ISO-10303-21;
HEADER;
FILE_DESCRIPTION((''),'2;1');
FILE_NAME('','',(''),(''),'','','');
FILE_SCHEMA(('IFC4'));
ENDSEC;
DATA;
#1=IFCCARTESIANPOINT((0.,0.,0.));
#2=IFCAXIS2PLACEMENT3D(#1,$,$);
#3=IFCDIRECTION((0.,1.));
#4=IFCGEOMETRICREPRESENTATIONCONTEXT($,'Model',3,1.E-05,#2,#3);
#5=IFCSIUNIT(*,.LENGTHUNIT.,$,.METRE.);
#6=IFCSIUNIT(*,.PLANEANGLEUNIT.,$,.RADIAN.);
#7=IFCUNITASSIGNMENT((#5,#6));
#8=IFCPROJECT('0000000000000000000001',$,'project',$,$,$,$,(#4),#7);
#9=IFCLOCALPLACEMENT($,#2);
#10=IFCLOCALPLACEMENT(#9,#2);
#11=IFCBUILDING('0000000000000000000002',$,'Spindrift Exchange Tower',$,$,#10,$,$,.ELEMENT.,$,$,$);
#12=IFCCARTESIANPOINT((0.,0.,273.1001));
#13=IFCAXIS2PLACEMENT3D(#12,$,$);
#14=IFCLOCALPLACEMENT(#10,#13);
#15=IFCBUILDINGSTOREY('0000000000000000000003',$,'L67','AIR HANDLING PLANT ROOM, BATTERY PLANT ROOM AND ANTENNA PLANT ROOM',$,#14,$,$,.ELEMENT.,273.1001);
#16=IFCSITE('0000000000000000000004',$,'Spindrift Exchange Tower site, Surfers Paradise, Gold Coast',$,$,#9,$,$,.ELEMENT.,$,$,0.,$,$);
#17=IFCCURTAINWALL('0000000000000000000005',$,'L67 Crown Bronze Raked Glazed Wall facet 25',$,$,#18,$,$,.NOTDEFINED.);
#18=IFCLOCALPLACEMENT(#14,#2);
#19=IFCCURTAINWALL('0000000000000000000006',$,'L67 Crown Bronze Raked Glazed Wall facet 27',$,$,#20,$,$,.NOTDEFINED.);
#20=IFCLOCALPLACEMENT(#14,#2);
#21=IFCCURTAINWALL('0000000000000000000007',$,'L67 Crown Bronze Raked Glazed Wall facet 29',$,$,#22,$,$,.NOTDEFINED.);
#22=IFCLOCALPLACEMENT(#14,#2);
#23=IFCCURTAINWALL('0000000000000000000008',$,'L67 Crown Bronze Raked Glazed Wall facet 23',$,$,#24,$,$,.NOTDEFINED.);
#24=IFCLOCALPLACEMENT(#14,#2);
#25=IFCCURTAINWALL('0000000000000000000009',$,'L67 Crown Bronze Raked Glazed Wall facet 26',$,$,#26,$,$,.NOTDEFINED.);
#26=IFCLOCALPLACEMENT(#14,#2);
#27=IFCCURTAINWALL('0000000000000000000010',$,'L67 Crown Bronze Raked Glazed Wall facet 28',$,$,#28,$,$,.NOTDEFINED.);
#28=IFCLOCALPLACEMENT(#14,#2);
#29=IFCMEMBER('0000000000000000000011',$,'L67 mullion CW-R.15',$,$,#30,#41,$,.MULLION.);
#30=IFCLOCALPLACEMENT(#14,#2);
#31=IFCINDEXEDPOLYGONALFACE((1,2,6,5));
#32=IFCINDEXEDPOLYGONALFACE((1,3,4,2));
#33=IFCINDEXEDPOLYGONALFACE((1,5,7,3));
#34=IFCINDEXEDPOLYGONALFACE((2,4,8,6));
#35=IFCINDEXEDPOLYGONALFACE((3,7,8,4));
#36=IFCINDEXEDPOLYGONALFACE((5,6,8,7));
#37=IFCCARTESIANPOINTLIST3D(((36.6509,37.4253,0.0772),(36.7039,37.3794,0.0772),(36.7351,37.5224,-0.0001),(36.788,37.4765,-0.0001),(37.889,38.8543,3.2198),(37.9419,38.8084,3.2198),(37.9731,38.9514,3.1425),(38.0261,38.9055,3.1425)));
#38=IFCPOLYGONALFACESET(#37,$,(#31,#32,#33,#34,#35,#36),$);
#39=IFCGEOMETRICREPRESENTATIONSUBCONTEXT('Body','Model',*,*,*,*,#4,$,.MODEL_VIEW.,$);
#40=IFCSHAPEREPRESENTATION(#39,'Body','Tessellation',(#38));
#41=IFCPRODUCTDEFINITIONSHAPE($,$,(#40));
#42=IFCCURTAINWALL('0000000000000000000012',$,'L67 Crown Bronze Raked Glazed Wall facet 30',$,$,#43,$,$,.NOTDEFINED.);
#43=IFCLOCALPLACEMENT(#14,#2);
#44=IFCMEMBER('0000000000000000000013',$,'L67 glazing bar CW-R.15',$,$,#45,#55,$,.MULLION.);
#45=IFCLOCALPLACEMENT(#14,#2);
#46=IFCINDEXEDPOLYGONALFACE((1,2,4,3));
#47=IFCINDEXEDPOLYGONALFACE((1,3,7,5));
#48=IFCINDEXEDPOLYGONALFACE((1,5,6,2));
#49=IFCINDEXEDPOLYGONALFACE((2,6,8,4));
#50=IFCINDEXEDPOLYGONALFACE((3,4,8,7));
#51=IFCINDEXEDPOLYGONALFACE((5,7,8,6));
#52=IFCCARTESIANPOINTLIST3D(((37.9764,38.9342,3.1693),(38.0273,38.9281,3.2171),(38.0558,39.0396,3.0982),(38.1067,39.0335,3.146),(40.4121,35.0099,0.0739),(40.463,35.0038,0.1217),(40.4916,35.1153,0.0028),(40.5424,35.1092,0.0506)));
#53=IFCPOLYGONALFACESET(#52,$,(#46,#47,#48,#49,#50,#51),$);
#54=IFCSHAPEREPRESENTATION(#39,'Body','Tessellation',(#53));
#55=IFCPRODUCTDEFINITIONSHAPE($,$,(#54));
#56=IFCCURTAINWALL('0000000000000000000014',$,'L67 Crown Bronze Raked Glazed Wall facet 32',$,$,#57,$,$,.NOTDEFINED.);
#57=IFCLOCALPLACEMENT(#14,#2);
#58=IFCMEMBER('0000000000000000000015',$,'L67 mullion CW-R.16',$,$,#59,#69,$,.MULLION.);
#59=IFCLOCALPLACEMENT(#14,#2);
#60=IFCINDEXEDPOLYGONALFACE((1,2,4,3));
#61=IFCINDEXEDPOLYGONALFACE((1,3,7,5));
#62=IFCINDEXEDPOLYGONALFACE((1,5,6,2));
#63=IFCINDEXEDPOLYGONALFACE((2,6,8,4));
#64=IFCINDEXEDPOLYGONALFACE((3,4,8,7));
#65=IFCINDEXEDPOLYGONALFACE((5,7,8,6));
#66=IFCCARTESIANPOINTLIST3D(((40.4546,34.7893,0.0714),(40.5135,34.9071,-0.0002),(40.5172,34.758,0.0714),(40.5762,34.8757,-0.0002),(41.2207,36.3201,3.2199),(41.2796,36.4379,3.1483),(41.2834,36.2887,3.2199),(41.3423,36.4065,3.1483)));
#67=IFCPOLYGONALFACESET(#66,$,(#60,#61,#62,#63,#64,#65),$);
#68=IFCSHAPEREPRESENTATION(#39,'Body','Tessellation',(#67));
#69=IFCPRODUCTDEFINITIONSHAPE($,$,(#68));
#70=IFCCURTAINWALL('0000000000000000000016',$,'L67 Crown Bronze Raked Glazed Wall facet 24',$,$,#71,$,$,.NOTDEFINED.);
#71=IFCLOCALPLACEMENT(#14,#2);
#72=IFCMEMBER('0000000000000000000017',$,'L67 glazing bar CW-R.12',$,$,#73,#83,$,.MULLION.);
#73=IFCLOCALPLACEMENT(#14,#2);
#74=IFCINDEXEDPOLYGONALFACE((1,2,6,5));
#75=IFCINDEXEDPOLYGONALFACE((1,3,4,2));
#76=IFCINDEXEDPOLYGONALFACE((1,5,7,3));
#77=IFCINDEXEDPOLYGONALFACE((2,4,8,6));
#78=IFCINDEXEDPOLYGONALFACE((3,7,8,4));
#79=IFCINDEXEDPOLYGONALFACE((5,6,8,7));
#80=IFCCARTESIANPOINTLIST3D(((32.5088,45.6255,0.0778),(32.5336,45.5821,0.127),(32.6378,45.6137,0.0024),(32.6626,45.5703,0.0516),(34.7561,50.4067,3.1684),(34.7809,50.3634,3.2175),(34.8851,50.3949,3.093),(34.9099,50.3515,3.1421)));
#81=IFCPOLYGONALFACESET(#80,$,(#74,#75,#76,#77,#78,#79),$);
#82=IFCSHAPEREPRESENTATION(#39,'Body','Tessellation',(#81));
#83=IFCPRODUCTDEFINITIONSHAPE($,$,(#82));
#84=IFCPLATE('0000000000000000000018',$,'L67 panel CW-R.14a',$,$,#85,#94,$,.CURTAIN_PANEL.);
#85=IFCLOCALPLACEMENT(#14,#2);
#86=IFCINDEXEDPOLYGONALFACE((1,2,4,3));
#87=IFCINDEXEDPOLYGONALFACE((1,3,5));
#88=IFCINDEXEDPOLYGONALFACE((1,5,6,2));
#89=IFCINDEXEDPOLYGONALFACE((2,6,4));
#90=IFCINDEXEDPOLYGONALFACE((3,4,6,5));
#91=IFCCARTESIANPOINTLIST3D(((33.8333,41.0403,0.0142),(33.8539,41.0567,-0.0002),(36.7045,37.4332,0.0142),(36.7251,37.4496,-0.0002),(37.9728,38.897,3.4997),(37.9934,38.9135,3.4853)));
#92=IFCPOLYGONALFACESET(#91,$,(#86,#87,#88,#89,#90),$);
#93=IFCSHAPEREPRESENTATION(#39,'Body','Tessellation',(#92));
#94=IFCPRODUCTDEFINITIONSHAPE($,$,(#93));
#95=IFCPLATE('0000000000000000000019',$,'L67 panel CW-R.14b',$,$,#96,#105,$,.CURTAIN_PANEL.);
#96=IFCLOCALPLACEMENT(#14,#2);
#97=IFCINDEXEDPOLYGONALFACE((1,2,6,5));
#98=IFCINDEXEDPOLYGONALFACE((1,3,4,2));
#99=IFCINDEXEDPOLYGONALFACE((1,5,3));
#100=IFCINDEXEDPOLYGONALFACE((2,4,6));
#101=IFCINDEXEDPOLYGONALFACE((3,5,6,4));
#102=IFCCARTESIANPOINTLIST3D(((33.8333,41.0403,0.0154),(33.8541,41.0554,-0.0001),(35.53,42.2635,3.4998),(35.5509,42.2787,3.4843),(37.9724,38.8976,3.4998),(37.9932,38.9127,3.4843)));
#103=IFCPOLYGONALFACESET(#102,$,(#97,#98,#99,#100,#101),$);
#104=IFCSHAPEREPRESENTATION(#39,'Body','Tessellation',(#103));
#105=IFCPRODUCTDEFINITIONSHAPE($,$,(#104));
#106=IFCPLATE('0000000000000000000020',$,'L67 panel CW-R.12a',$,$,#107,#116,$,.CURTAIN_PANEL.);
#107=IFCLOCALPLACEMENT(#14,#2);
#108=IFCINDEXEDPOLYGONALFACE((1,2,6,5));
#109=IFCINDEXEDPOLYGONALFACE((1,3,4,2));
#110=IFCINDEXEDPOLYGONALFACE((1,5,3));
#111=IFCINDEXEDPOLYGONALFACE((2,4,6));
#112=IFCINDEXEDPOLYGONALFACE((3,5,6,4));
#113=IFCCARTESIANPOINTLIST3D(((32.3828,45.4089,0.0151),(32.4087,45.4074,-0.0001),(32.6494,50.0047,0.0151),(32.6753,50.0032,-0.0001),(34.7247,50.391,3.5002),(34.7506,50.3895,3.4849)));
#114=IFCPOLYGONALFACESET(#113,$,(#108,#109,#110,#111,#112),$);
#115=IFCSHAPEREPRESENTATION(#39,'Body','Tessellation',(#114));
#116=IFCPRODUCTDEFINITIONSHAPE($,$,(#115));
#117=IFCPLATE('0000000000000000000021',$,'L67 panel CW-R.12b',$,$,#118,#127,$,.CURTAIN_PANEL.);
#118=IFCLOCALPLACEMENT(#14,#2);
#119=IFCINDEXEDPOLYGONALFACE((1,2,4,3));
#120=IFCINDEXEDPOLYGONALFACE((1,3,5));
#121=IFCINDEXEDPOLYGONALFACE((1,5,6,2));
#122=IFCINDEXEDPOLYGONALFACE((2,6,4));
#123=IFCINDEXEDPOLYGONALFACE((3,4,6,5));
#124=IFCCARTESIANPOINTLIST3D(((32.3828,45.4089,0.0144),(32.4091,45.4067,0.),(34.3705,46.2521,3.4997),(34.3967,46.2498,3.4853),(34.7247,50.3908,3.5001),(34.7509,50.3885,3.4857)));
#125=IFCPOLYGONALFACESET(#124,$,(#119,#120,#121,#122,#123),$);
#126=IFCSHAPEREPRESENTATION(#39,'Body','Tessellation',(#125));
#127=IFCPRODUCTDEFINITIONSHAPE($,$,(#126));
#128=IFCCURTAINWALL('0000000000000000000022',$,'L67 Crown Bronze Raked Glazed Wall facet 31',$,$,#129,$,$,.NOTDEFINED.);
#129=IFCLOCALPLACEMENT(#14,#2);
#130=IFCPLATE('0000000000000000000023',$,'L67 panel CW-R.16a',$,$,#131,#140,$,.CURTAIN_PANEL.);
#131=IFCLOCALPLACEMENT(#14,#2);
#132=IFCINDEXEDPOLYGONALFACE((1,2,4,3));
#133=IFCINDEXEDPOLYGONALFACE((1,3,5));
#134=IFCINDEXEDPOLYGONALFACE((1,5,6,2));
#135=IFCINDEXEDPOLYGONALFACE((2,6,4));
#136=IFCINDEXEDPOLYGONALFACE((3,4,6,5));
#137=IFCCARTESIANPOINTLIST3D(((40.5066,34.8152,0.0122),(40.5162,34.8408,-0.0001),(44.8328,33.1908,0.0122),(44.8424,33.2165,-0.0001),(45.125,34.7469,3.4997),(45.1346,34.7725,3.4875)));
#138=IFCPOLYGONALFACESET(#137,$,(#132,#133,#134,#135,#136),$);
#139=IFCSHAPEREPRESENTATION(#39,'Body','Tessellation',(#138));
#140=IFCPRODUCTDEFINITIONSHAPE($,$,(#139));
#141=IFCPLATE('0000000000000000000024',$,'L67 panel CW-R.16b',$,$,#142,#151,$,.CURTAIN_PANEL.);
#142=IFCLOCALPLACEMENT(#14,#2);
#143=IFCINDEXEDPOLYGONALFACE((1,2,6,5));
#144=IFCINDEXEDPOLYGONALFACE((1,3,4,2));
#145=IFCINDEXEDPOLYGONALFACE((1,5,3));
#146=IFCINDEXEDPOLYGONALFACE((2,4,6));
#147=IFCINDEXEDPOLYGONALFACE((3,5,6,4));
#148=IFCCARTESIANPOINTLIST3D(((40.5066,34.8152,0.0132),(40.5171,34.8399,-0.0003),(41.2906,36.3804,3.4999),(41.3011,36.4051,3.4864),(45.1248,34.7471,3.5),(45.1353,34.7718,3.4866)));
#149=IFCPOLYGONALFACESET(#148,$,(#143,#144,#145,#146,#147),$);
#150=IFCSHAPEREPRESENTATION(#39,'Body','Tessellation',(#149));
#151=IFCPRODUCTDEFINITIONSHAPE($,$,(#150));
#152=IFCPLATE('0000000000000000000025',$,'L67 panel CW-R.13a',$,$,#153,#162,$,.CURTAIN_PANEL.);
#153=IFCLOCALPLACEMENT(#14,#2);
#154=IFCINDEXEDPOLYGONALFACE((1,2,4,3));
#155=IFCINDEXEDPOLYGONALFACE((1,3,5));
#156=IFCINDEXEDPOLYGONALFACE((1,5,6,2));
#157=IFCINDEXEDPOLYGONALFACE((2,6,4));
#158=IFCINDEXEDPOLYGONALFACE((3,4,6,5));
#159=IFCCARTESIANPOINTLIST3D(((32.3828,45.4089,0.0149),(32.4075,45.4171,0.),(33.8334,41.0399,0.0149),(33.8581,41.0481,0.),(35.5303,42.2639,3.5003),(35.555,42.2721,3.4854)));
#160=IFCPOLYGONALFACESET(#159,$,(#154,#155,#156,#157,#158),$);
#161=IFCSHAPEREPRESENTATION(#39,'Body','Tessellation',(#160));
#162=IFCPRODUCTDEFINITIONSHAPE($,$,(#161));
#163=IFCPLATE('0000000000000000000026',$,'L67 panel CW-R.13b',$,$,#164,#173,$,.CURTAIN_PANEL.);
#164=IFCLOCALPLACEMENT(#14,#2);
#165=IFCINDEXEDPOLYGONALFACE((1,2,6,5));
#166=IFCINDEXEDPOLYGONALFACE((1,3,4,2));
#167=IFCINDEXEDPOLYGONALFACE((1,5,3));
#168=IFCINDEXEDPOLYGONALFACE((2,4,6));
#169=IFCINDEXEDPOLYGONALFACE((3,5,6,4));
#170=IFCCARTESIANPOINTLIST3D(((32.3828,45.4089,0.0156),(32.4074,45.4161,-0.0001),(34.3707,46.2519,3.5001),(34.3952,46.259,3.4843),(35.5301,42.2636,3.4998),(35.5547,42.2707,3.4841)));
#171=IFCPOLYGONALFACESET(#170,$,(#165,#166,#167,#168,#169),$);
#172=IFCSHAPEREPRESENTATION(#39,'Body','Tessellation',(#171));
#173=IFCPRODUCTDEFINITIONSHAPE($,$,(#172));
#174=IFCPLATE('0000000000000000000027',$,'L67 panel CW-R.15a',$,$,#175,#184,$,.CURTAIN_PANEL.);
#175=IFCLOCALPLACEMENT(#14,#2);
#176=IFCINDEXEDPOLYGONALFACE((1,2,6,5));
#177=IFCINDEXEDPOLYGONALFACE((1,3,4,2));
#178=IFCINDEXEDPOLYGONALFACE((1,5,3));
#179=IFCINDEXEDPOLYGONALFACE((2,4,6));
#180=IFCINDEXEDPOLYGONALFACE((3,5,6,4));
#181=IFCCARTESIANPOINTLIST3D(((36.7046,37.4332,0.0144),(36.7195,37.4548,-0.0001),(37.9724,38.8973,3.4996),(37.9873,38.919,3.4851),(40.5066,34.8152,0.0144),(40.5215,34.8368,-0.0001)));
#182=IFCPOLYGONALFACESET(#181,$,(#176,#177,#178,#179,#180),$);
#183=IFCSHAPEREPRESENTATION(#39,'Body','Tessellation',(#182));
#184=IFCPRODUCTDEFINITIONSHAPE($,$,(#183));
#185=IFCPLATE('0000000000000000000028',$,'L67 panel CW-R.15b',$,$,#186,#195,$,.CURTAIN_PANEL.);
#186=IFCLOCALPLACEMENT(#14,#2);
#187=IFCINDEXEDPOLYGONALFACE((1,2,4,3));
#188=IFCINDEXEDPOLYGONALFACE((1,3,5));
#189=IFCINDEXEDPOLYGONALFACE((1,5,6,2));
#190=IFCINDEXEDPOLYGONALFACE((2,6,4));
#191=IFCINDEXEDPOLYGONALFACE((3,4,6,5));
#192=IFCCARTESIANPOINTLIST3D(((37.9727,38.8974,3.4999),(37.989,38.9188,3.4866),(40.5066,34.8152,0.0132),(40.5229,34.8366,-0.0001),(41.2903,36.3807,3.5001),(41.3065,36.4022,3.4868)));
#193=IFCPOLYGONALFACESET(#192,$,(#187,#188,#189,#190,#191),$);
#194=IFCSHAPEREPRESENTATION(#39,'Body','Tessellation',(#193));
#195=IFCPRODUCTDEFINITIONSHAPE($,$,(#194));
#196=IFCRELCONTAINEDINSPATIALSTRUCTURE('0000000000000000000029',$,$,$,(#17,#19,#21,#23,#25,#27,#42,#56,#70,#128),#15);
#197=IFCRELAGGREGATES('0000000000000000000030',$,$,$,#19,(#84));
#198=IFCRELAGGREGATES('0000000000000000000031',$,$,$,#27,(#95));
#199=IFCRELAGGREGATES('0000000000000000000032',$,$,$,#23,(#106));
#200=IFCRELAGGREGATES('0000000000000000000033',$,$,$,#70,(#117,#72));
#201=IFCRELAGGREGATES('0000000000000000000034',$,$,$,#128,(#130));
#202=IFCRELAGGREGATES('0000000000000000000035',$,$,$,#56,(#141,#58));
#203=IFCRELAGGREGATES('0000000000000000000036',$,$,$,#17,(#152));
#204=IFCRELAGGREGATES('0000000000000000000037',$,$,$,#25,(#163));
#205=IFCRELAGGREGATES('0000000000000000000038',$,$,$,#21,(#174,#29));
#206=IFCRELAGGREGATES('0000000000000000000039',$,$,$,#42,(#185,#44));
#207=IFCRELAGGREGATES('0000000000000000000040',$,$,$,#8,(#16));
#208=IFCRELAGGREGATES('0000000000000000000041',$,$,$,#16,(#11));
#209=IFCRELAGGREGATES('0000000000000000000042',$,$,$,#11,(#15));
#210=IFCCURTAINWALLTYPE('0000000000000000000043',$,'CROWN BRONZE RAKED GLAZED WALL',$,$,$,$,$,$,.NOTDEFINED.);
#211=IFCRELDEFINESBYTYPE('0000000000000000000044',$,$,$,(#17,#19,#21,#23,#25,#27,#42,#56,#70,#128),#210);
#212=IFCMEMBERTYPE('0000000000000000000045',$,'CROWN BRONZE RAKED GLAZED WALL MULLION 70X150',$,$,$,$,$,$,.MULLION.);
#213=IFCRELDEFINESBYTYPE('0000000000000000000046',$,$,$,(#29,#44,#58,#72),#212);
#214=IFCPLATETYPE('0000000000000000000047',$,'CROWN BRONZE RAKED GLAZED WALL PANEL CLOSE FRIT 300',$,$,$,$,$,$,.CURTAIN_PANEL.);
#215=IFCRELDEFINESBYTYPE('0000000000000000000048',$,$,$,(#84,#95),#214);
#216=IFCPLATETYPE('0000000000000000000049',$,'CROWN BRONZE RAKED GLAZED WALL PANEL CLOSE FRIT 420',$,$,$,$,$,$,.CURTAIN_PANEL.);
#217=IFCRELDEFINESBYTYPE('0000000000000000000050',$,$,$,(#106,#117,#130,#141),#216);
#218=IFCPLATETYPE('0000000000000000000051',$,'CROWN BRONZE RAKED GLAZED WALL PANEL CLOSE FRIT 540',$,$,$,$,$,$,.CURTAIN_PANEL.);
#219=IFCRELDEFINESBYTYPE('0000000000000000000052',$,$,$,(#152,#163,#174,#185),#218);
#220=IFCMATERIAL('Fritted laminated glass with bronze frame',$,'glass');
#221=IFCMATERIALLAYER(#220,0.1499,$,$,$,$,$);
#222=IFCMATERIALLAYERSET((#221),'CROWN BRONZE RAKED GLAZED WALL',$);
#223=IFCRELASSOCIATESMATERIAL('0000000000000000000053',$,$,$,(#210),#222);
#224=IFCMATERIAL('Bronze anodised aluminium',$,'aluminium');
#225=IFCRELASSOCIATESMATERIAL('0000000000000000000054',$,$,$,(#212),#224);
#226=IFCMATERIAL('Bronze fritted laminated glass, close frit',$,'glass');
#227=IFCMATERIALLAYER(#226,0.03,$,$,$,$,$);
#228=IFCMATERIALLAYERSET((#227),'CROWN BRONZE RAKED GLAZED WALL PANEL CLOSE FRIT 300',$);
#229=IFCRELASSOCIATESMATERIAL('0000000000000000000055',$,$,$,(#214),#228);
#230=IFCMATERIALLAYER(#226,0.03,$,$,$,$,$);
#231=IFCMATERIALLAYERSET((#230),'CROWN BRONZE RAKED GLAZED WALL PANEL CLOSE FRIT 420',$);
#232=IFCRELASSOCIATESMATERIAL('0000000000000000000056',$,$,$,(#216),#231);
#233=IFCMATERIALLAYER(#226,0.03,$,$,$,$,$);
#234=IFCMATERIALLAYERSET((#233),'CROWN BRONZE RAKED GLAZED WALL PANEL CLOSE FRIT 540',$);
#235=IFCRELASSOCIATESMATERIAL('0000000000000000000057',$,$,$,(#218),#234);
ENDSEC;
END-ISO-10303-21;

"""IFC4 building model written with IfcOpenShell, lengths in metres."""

from ifc_helpers import new_model, si_unit, direction, frame, origin, origin_2d, place, context, subcontext, project, spatial, line, indexed_curve, rectangle, outline, extrude, source, transform, mapped, material, layer, layer_set, material_profile, profile_set, type_object, element, aggregate, save


model = new_model("IFC4")

# Units and contexts
model_context = context("Model", 3, precision=1e-05, world=origin(), true_north=direction((0.0, 1.0)))
body_context = subcontext(model_context, "Body", "Model", "MODEL_VIEW")
ifc_project = project(units=[si_unit("LENGTHUNIT", "METRE"), si_unit("PLANEANGLEUNIT", "RADIAN")], contexts=[model_context])

# Site, building, storey
site_placement = place(None, origin())
site = spatial("IfcSite", under=ifc_project, at=site_placement, Name="Spindrift Exchange Tower site, Surfers Paradise, Gold Coast", CompositionType="ELEMENT", RefElevation=0.0)
building_placement = place(site_placement, origin())
building = spatial("IfcBuilding", under=site, at=building_placement, Name="Spindrift Exchange Tower", CompositionType="ELEMENT")
storey_placement = place(building_placement, frame((0.0, 0.0, 273.1001)))
storey = spatial("IfcBuildingStorey", under=building, at=storey_placement, Name="L67", Description="AIR HANDLING PLANT ROOM, BATTERY PLANT ROOM AND ANTENNA PLANT ROOM", CompositionType="ELEMENT", Elevation=273.1001)

# Curtain walls
ifc_material_1 = material(Name="Fritted laminated glass with bronze frame", Category="glass")
ifc_layer_1 = layer(ifc_material_1, 0.1499)
ifc_layer_set_1 = layer_set([ifc_layer_1], Name="CROWN BRONZE RAKED GLAZED WALL")
curtain_wall_type = type_object("IfcCurtainWallType", Name="CROWN BRONZE RAKED GLAZED WALL", PredefinedType="NOTDEFINED", material=ifc_layer_set_1)
curtain_wall_1_placement = place(storey_placement, origin())
curtain_wall_1 = element("IfcCurtainWall", 1, at=curtain_wall_1_placement, inside=storey, type_object=curtain_wall_type, Name="L67 Crown Bronze Raked Glazed Wall facet 25", PredefinedType="NOTDEFINED")
ifc_material_2 = material(Name="Bronze anodised aluminium", Category="aluminium")
curtain_wall_2_placement = place(storey_placement, origin())
curtain_wall_2 = element("IfcCurtainWall", 2, at=curtain_wall_2_placement, inside=storey, type_object=curtain_wall_type, Name="L67 Crown Bronze Raked Glazed Wall facet 27", PredefinedType="NOTDEFINED")
curtain_wall_3_placement = place(storey_placement, origin())
curtain_wall_3 = element("IfcCurtainWall", 3, at=curtain_wall_3_placement, inside=storey, type_object=curtain_wall_type, Name="L67 Crown Bronze Raked Glazed Wall facet 29", PredefinedType="NOTDEFINED")
curtain_wall_4_placement = place(storey_placement, origin())
curtain_wall_4 = element("IfcCurtainWall", 4, at=curtain_wall_4_placement, inside=storey, type_object=curtain_wall_type, Name="L67 Crown Bronze Raked Glazed Wall facet 23", PredefinedType="NOTDEFINED")
curtain_wall_5_placement = place(storey_placement, origin())
curtain_wall_5 = element("IfcCurtainWall", 5, at=curtain_wall_5_placement, inside=storey, type_object=curtain_wall_type, Name="L67 Crown Bronze Raked Glazed Wall facet 26", PredefinedType="NOTDEFINED")
ifc_material_profile_1 = material_profile(ifc_material_2, rectangle(XDim=0.0701, YDim=0.1499, at=origin_2d()), Name="CROWN BRONZE RAKED GLAZED WALL MULLION 70X150")
ifc_profile_set_1 = profile_set([ifc_material_profile_1], Name="Bronze anodised aluminium")
member_type_1 = type_object("IfcMemberType", Name="CROWN BRONZE RAKED GLAZED WALL MULLION 70X150", PredefinedType="MULLION", material=ifc_profile_set_1)

# Curtain wall
curtain_wall_6_placement = place(storey_placement, origin())
curtain_wall_6 = element("IfcCurtainWall", 6, at=curtain_wall_6_placement, inside=storey, type_object=curtain_wall_type, Name="L67 Crown Bronze Raked Glazed Wall facet 28", PredefinedType="NOTDEFINED")

# Member
shared_shape_1 = source(origin(), body_context, "Body", "SweptSolid", [
    extrude(rectangle(XDim=0.0701, YDim=0.1499, at=origin_2d()), origin(), (0.0, 0.0, 1.0), 3.6675),
])
member_1_placement = place(storey_placement, frame((36.7195, 37.4509, 0.0386), z_axis=(0.337571, 0.389628, 0.856876), x_axis=(-0.755791, 0.654813, 0.0)))
member_1 = element("IfcMember", 7, at=member_1_placement, type_object=member_type_1, Name="L67 mullion CW-R.15", PredefinedType="MULLION", context=body_context, shape_type="MappedRepresentation", body=[
    mapped(shared_shape_1, transform((0.0, 0.0, 0.0), scale=1.0)),
])

# Curtain walls, members
curtain_wall_7_placement = place(storey_placement, origin())
curtain_wall_7 = element("IfcCurtainWall", 8, at=curtain_wall_7_placement, inside=storey, type_object=curtain_wall_type, Name="L67 Crown Bronze Raked Glazed Wall facet 30", PredefinedType="NOTDEFINED")
shared_shape_2 = source(origin(), body_context, "Body", "SweptSolid", [
    extrude(rectangle(XDim=0.0701, YDim=0.1499, at=origin_2d()), origin(), (0.0, 0.0, 1.0), 5.5601),
])
member_2_placement = place(storey_placement, frame((40.4773, 35.0596, 0.0623), z_axis=(-0.438081, 0.705794, 0.556723), x_axis=(-0.7262, 0.087157, -0.681936)))
member_2 = element("IfcMember", 9, at=member_2_placement, type_object=member_type_1, Name="L67 glazing bar CW-R.15", PredefinedType="MULLION", context=body_context, shape_type="MappedRepresentation", body=[
    mapped(shared_shape_2, transform((0.0, 0.0, 0.0), scale=1.0)),
])
curtain_wall_8_placement = place(storey_placement, origin())
curtain_wall_8 = element("IfcCurtainWall", 10, at=curtain_wall_8_placement, inside=storey, type_object=curtain_wall_type, Name="L67 Crown Bronze Raked Glazed Wall facet 32", PredefinedType="NOTDEFINED")
shared_shape_3 = source(origin(), body_context, "Body", "SweptSolid", [
    extrude(rectangle(XDim=0.0701, YDim=0.1499, at=origin_2d()), origin(), (0.0, 0.0, 1.0), 3.5837),
])
member_3_placement = place(storey_placement, frame((40.5154, 34.8325, 0.0356), z_axis=(0.213778, 0.427147, 0.878547), x_axis=(-0.894256, 0.447556, 0.0)))
member_3 = element("IfcMember", 11, at=member_3_placement, type_object=member_type_1, Name="L67 mullion CW-R.16", PredefinedType="MULLION", context=body_context, shape_type="MappedRepresentation", body=[
    mapped(shared_shape_3, transform((0.0, 0.0, 0.0), scale=1.0)),
])
curtain_wall_9_placement = place(storey_placement, origin())
curtain_wall_9 = element("IfcCurtainWall", 12, at=curtain_wall_9_placement, inside=storey, type_object=curtain_wall_type, Name="L67 Crown Bronze Raked Glazed Wall facet 24", PredefinedType="NOTDEFINED")
shared_shape_4 = source(origin(), body_context, "Body", "SweptSolid", [
    extrude(rectangle(XDim=0.0701, YDim=0.1499, at=origin_2d()), origin(), (0.0, 0.0, 1.0), 6.1206),
])
member_4_placement = place(storey_placement, frame((32.5857, 45.5979, 0.0647), z_axis=(0.367169, 0.781166, 0.504942), x_axis=(-0.353042, 0.619274, -0.701328)))
member_4 = element("IfcMember", 13, at=member_4_placement, type_object=member_type_1, Name="L67 glazing bar CW-R.12", PredefinedType="MULLION", context=body_context, shape_type="MappedRepresentation", body=[
    mapped(shared_shape_4, transform((0.0, 0.0, 0.0), scale=1.0)),
])

# Plates
ifc_material_3 = material(Name="Bronze fritted laminated glass, close frit", Category="glass")
ifc_layer_2 = layer(ifc_material_3, 0.03)
ifc_layer_set_2 = layer_set([ifc_layer_2], Name="CROWN BRONZE RAKED GLAZED WALL PANEL CLOSE FRIT 300")
plate_type_1 = type_object("IfcPlateType", Name="CROWN BRONZE RAKED GLAZED WALL PANEL CLOSE FRIT 300", PredefinedType="CURTAIN_PANEL", material=ifc_layer_set_2)
plate_1_placement = place(storey_placement, frame((33.8333, 41.0403, 0.0142), z_axis=(-0.686632, -0.546554, 0.479391), x_axis=(0.622782, -0.782396, 0.0)))
plate_1 = element("IfcPlate", 14, at=plate_1_placement, type_object=plate_type_1, Name="L67 panel CW-R.14a", PredefinedType="CURTAIN_PANEL", context=body_context, shape_type="SweptSolid", body=[
    extrude(outline(indexed_curve([(0.0, 0.0), (4.6104, 0.0), (4.2549, 3.9717)], segments=[line(1, 2, 3, 1)], self_intersect=False)), origin(), (0.0, 0.0, -1.0), 0.03),
])
aggregate(curtain_wall_2, [plate_1])
plate_2_placement = place(storey_placement, frame((33.8333, 41.0403, 0.0154), z_axis=(-0.693937, -0.503528, 0.514694), x_axis=(0.711274, -0.368201, 0.598763)))
plate_2 = element("IfcPlate", 15, at=plate_2_placement, type_object=plate_type_1, Name="L67 panel CW-R.14b", PredefinedType="CURTAIN_PANEL", context=body_context, shape_type="SweptSolid", body=[
    extrude(outline(indexed_curve([(0.0, 0.0), (5.8193, 0.0), (2.8428, 2.9043)], segments=[line(1, 2, 3, 1)], self_intersect=False)), origin(), (0.0, 0.0, -1.0), 0.03),
])
aggregate(curtain_wall_6, [plate_2])
ifc_layer_3 = layer(ifc_material_3, 0.03)
ifc_layer_set_3 = layer_set([ifc_layer_3], Name="CROWN BRONZE RAKED GLAZED WALL PANEL CLOSE FRIT 420")
plate_type_2 = type_object("IfcPlateType", Name="CROWN BRONZE RAKED GLAZED WALL PANEL CLOSE FRIT 420", PredefinedType="CURTAIN_PANEL", material=ifc_layer_set_3)
plate_3_placement = place(storey_placement, frame((32.3828, 45.4089, 0.0151), z_axis=(-0.860548, 0.049921, 0.506917), x_axis=(0.057914, 0.998322, 0.0)))
plate_3 = element("IfcPlate", 16, at=plate_3_placement, type_object=plate_type_2, Name="L67 panel CW-R.12a", PredefinedType="CURTAIN_PANEL", context=body_context, shape_type="SweptSolid", body=[
    extrude(outline(indexed_curve([(0.0, 0.0), (4.6035, 0.0), (5.1094, -4.043)], segments=[line(1, 2, 3, 1)], self_intersect=False)), origin(), (0.0, 0.0, -1.0), 0.03),
])
aggregate(curtain_wall_4, [plate_3])
plate_4_placement = place(storey_placement, frame((32.3828, 45.4089, 0.0144), z_axis=(-0.873912, 0.074751, 0.480302), x_axis=(0.359424, 0.764601, 0.534977)))
plate_4 = element("IfcPlate", 17, at=plate_4_placement, type_object=plate_type_2, Name="L67 panel CW-R.12b", PredefinedType="CURTAIN_PANEL", context=body_context, shape_type="SweptSolid", body=[
    extrude(outline(indexed_curve([(0.0, 0.0), (6.5156, 0.0), (3.2236, -2.5332)], segments=[line(1, 2, 3, 1)], self_intersect=False)), origin(), (0.0, 0.0, -1.0), 0.03),
])
aggregate(curtain_wall_9, [plate_4, member_4])

# Curtain wall, plate
curtain_wall_10_placement = place(storey_placement, origin())
curtain_wall_10 = element("IfcCurtainWall", 18, at=curtain_wall_10_placement, inside=storey, type_object=curtain_wall_type, Name="L67 Crown Bronze Raked Glazed Wall facet 31", PredefinedType="NOTDEFINED")
plate_5_placement = place(storey_placement, frame((40.5066, 34.8152, 0.0122), z_axis=(-0.320892, -0.854635, 0.4082), x_axis=(0.936184, -0.351511, 0.0)))
plate_5 = element("IfcPlate", 19, at=plate_5_placement, type_object=plate_type_2, Name="L67 panel CW-R.16a", PredefinedType="CURTAIN_PANEL", context=body_context, shape_type="SweptSolid", body=[
    extrude(outline(indexed_curve([(0.0, 0.0), (4.6211, 0.0), (4.3477, 3.8203)], segments=[line(1, 2, 3, 1)], self_intersect=False)), origin(), (0.0, 0.0, -1.0), 0.03),
])
aggregate(curtain_wall_10, [plate_5])

# Plates
plate_6_placement = place(storey_placement, frame((40.5066, 34.8152, 0.0132), z_axis=(-0.350396, -0.822497, 0.44802), x_axis=(0.798017, -0.01177, 0.60252)))
plate_6 = element("IfcPlate", 20, at=plate_6_placement, type_object=plate_type_2, Name="L67 panel CW-R.16b", PredefinedType="CURTAIN_PANEL", context=body_context, shape_type="SweptSolid", body=[
    extrude(outline(indexed_curve([(0.0, 0.0), (5.7871, 0.0), (2.708, 2.8086)], segments=[line(1, 2, 3, 1)], self_intersect=False)), origin(), (0.0, 0.0, -1.0), 0.03),
])
aggregate(curtain_wall_8, [plate_6, member_3])
ifc_layer_4 = layer(ifc_material_3, 0.03)
ifc_layer_set_4 = layer_set([ifc_layer_4], Name="CROWN BRONZE RAKED GLAZED WALL PANEL CLOSE FRIT 540")
plate_type_3 = type_object("IfcPlateType", Name="CROWN BRONZE RAKED GLAZED WALL PANEL CLOSE FRIT 540", PredefinedType="CURTAIN_PANEL", material=ifc_layer_set_4)
plate_7_placement = place(storey_placement, frame((32.3828, 45.4089, 0.0149), z_axis=(-0.823556, -0.27343, 0.496982), x_axis=(0.315098, -0.949059, 0.0)))
plate_7 = element("IfcPlate", 21, at=plate_7_placement, type_object=plate_type_3, Name="L67 panel CW-R.13a", PredefinedType="CURTAIN_PANEL", context=body_context, shape_type="SweptSolid", body=[
    extrude(outline(indexed_curve([(0.0, 0.0), (4.6035, 0.0), (3.9766, 4.0166)], segments=[line(1, 2, 3, 1)], self_intersect=False)), origin(), (0.0, 0.0, -1.0), 0.03),
])
aggregate(curtain_wall_1, [plate_7])
plate_8_placement = place(storey_placement, frame((32.3828, 45.4089, 0.0156), z_axis=(-0.817805, -0.237778, 0.524076), x_axis=(0.556906, -0.556561, 0.616519)))
plate_8 = element("IfcPlate", 22, at=plate_8_placement, type_object=plate_type_3, Name="L67 panel CW-R.13b", PredefinedType="CURTAIN_PANEL", context=body_context, shape_type="SweptSolid", body=[
    extrude(outline(indexed_curve([(0.0, 0.0), (5.6514, 0.0), (2.7861, 3.0068)], segments=[line(1, 2, 3, 1)], self_intersect=False)), origin(), (0.0, 0.0, -1.0), 0.03),
])
aggregate(curtain_wall_5, [plate_8])
plate_9_placement = place(storey_placement, frame((40.5066, 34.8152, 0.0144), z_axis=(-0.496444, -0.720964, 0.483481), x_axis=(-0.823625, 0.567135, 0.0)))
plate_9 = element("IfcPlate", 23, at=plate_9_placement, type_object=plate_type_3, Name="L67 panel CW-R.15a", PredefinedType="CURTAIN_PANEL", context=body_context, shape_type="SweptSolid", body=[
    extrude(outline(indexed_curve([(0.0, 0.0), (4.6162, 0.0), (4.4023, -3.9814)], segments=[line(1, 2, 3, 1)], self_intersect=False)), origin(), (0.0, 0.0, -1.0), 0.03),
])
aggregate(curtain_wall_3, [plate_9, member_1])
plate_10_placement = place(storey_placement, frame((40.5066, 34.8152, 0.0132), z_axis=(-0.541981, -0.714422, 0.442559), x_axis=(-0.42683, 0.687641, 0.587338)))
plate_10 = element("IfcPlate", 24, at=plate_10_placement, type_object=plate_type_3, Name="L67 panel CW-R.15b", PredefinedType="CURTAIN_PANEL", context=body_context, shape_type="SweptSolid", body=[
    extrude(outline(indexed_curve([(0.0, 0.0), (5.9365, 0.0), (2.79, -2.7275)], segments=[line(1, 2, 3, 1)], self_intersect=False)), origin(), (0.0, 0.0, -1.0), 0.03),
])
aggregate(curtain_wall_7, [plate_10, member_2])

save(model, "model.ifc")
